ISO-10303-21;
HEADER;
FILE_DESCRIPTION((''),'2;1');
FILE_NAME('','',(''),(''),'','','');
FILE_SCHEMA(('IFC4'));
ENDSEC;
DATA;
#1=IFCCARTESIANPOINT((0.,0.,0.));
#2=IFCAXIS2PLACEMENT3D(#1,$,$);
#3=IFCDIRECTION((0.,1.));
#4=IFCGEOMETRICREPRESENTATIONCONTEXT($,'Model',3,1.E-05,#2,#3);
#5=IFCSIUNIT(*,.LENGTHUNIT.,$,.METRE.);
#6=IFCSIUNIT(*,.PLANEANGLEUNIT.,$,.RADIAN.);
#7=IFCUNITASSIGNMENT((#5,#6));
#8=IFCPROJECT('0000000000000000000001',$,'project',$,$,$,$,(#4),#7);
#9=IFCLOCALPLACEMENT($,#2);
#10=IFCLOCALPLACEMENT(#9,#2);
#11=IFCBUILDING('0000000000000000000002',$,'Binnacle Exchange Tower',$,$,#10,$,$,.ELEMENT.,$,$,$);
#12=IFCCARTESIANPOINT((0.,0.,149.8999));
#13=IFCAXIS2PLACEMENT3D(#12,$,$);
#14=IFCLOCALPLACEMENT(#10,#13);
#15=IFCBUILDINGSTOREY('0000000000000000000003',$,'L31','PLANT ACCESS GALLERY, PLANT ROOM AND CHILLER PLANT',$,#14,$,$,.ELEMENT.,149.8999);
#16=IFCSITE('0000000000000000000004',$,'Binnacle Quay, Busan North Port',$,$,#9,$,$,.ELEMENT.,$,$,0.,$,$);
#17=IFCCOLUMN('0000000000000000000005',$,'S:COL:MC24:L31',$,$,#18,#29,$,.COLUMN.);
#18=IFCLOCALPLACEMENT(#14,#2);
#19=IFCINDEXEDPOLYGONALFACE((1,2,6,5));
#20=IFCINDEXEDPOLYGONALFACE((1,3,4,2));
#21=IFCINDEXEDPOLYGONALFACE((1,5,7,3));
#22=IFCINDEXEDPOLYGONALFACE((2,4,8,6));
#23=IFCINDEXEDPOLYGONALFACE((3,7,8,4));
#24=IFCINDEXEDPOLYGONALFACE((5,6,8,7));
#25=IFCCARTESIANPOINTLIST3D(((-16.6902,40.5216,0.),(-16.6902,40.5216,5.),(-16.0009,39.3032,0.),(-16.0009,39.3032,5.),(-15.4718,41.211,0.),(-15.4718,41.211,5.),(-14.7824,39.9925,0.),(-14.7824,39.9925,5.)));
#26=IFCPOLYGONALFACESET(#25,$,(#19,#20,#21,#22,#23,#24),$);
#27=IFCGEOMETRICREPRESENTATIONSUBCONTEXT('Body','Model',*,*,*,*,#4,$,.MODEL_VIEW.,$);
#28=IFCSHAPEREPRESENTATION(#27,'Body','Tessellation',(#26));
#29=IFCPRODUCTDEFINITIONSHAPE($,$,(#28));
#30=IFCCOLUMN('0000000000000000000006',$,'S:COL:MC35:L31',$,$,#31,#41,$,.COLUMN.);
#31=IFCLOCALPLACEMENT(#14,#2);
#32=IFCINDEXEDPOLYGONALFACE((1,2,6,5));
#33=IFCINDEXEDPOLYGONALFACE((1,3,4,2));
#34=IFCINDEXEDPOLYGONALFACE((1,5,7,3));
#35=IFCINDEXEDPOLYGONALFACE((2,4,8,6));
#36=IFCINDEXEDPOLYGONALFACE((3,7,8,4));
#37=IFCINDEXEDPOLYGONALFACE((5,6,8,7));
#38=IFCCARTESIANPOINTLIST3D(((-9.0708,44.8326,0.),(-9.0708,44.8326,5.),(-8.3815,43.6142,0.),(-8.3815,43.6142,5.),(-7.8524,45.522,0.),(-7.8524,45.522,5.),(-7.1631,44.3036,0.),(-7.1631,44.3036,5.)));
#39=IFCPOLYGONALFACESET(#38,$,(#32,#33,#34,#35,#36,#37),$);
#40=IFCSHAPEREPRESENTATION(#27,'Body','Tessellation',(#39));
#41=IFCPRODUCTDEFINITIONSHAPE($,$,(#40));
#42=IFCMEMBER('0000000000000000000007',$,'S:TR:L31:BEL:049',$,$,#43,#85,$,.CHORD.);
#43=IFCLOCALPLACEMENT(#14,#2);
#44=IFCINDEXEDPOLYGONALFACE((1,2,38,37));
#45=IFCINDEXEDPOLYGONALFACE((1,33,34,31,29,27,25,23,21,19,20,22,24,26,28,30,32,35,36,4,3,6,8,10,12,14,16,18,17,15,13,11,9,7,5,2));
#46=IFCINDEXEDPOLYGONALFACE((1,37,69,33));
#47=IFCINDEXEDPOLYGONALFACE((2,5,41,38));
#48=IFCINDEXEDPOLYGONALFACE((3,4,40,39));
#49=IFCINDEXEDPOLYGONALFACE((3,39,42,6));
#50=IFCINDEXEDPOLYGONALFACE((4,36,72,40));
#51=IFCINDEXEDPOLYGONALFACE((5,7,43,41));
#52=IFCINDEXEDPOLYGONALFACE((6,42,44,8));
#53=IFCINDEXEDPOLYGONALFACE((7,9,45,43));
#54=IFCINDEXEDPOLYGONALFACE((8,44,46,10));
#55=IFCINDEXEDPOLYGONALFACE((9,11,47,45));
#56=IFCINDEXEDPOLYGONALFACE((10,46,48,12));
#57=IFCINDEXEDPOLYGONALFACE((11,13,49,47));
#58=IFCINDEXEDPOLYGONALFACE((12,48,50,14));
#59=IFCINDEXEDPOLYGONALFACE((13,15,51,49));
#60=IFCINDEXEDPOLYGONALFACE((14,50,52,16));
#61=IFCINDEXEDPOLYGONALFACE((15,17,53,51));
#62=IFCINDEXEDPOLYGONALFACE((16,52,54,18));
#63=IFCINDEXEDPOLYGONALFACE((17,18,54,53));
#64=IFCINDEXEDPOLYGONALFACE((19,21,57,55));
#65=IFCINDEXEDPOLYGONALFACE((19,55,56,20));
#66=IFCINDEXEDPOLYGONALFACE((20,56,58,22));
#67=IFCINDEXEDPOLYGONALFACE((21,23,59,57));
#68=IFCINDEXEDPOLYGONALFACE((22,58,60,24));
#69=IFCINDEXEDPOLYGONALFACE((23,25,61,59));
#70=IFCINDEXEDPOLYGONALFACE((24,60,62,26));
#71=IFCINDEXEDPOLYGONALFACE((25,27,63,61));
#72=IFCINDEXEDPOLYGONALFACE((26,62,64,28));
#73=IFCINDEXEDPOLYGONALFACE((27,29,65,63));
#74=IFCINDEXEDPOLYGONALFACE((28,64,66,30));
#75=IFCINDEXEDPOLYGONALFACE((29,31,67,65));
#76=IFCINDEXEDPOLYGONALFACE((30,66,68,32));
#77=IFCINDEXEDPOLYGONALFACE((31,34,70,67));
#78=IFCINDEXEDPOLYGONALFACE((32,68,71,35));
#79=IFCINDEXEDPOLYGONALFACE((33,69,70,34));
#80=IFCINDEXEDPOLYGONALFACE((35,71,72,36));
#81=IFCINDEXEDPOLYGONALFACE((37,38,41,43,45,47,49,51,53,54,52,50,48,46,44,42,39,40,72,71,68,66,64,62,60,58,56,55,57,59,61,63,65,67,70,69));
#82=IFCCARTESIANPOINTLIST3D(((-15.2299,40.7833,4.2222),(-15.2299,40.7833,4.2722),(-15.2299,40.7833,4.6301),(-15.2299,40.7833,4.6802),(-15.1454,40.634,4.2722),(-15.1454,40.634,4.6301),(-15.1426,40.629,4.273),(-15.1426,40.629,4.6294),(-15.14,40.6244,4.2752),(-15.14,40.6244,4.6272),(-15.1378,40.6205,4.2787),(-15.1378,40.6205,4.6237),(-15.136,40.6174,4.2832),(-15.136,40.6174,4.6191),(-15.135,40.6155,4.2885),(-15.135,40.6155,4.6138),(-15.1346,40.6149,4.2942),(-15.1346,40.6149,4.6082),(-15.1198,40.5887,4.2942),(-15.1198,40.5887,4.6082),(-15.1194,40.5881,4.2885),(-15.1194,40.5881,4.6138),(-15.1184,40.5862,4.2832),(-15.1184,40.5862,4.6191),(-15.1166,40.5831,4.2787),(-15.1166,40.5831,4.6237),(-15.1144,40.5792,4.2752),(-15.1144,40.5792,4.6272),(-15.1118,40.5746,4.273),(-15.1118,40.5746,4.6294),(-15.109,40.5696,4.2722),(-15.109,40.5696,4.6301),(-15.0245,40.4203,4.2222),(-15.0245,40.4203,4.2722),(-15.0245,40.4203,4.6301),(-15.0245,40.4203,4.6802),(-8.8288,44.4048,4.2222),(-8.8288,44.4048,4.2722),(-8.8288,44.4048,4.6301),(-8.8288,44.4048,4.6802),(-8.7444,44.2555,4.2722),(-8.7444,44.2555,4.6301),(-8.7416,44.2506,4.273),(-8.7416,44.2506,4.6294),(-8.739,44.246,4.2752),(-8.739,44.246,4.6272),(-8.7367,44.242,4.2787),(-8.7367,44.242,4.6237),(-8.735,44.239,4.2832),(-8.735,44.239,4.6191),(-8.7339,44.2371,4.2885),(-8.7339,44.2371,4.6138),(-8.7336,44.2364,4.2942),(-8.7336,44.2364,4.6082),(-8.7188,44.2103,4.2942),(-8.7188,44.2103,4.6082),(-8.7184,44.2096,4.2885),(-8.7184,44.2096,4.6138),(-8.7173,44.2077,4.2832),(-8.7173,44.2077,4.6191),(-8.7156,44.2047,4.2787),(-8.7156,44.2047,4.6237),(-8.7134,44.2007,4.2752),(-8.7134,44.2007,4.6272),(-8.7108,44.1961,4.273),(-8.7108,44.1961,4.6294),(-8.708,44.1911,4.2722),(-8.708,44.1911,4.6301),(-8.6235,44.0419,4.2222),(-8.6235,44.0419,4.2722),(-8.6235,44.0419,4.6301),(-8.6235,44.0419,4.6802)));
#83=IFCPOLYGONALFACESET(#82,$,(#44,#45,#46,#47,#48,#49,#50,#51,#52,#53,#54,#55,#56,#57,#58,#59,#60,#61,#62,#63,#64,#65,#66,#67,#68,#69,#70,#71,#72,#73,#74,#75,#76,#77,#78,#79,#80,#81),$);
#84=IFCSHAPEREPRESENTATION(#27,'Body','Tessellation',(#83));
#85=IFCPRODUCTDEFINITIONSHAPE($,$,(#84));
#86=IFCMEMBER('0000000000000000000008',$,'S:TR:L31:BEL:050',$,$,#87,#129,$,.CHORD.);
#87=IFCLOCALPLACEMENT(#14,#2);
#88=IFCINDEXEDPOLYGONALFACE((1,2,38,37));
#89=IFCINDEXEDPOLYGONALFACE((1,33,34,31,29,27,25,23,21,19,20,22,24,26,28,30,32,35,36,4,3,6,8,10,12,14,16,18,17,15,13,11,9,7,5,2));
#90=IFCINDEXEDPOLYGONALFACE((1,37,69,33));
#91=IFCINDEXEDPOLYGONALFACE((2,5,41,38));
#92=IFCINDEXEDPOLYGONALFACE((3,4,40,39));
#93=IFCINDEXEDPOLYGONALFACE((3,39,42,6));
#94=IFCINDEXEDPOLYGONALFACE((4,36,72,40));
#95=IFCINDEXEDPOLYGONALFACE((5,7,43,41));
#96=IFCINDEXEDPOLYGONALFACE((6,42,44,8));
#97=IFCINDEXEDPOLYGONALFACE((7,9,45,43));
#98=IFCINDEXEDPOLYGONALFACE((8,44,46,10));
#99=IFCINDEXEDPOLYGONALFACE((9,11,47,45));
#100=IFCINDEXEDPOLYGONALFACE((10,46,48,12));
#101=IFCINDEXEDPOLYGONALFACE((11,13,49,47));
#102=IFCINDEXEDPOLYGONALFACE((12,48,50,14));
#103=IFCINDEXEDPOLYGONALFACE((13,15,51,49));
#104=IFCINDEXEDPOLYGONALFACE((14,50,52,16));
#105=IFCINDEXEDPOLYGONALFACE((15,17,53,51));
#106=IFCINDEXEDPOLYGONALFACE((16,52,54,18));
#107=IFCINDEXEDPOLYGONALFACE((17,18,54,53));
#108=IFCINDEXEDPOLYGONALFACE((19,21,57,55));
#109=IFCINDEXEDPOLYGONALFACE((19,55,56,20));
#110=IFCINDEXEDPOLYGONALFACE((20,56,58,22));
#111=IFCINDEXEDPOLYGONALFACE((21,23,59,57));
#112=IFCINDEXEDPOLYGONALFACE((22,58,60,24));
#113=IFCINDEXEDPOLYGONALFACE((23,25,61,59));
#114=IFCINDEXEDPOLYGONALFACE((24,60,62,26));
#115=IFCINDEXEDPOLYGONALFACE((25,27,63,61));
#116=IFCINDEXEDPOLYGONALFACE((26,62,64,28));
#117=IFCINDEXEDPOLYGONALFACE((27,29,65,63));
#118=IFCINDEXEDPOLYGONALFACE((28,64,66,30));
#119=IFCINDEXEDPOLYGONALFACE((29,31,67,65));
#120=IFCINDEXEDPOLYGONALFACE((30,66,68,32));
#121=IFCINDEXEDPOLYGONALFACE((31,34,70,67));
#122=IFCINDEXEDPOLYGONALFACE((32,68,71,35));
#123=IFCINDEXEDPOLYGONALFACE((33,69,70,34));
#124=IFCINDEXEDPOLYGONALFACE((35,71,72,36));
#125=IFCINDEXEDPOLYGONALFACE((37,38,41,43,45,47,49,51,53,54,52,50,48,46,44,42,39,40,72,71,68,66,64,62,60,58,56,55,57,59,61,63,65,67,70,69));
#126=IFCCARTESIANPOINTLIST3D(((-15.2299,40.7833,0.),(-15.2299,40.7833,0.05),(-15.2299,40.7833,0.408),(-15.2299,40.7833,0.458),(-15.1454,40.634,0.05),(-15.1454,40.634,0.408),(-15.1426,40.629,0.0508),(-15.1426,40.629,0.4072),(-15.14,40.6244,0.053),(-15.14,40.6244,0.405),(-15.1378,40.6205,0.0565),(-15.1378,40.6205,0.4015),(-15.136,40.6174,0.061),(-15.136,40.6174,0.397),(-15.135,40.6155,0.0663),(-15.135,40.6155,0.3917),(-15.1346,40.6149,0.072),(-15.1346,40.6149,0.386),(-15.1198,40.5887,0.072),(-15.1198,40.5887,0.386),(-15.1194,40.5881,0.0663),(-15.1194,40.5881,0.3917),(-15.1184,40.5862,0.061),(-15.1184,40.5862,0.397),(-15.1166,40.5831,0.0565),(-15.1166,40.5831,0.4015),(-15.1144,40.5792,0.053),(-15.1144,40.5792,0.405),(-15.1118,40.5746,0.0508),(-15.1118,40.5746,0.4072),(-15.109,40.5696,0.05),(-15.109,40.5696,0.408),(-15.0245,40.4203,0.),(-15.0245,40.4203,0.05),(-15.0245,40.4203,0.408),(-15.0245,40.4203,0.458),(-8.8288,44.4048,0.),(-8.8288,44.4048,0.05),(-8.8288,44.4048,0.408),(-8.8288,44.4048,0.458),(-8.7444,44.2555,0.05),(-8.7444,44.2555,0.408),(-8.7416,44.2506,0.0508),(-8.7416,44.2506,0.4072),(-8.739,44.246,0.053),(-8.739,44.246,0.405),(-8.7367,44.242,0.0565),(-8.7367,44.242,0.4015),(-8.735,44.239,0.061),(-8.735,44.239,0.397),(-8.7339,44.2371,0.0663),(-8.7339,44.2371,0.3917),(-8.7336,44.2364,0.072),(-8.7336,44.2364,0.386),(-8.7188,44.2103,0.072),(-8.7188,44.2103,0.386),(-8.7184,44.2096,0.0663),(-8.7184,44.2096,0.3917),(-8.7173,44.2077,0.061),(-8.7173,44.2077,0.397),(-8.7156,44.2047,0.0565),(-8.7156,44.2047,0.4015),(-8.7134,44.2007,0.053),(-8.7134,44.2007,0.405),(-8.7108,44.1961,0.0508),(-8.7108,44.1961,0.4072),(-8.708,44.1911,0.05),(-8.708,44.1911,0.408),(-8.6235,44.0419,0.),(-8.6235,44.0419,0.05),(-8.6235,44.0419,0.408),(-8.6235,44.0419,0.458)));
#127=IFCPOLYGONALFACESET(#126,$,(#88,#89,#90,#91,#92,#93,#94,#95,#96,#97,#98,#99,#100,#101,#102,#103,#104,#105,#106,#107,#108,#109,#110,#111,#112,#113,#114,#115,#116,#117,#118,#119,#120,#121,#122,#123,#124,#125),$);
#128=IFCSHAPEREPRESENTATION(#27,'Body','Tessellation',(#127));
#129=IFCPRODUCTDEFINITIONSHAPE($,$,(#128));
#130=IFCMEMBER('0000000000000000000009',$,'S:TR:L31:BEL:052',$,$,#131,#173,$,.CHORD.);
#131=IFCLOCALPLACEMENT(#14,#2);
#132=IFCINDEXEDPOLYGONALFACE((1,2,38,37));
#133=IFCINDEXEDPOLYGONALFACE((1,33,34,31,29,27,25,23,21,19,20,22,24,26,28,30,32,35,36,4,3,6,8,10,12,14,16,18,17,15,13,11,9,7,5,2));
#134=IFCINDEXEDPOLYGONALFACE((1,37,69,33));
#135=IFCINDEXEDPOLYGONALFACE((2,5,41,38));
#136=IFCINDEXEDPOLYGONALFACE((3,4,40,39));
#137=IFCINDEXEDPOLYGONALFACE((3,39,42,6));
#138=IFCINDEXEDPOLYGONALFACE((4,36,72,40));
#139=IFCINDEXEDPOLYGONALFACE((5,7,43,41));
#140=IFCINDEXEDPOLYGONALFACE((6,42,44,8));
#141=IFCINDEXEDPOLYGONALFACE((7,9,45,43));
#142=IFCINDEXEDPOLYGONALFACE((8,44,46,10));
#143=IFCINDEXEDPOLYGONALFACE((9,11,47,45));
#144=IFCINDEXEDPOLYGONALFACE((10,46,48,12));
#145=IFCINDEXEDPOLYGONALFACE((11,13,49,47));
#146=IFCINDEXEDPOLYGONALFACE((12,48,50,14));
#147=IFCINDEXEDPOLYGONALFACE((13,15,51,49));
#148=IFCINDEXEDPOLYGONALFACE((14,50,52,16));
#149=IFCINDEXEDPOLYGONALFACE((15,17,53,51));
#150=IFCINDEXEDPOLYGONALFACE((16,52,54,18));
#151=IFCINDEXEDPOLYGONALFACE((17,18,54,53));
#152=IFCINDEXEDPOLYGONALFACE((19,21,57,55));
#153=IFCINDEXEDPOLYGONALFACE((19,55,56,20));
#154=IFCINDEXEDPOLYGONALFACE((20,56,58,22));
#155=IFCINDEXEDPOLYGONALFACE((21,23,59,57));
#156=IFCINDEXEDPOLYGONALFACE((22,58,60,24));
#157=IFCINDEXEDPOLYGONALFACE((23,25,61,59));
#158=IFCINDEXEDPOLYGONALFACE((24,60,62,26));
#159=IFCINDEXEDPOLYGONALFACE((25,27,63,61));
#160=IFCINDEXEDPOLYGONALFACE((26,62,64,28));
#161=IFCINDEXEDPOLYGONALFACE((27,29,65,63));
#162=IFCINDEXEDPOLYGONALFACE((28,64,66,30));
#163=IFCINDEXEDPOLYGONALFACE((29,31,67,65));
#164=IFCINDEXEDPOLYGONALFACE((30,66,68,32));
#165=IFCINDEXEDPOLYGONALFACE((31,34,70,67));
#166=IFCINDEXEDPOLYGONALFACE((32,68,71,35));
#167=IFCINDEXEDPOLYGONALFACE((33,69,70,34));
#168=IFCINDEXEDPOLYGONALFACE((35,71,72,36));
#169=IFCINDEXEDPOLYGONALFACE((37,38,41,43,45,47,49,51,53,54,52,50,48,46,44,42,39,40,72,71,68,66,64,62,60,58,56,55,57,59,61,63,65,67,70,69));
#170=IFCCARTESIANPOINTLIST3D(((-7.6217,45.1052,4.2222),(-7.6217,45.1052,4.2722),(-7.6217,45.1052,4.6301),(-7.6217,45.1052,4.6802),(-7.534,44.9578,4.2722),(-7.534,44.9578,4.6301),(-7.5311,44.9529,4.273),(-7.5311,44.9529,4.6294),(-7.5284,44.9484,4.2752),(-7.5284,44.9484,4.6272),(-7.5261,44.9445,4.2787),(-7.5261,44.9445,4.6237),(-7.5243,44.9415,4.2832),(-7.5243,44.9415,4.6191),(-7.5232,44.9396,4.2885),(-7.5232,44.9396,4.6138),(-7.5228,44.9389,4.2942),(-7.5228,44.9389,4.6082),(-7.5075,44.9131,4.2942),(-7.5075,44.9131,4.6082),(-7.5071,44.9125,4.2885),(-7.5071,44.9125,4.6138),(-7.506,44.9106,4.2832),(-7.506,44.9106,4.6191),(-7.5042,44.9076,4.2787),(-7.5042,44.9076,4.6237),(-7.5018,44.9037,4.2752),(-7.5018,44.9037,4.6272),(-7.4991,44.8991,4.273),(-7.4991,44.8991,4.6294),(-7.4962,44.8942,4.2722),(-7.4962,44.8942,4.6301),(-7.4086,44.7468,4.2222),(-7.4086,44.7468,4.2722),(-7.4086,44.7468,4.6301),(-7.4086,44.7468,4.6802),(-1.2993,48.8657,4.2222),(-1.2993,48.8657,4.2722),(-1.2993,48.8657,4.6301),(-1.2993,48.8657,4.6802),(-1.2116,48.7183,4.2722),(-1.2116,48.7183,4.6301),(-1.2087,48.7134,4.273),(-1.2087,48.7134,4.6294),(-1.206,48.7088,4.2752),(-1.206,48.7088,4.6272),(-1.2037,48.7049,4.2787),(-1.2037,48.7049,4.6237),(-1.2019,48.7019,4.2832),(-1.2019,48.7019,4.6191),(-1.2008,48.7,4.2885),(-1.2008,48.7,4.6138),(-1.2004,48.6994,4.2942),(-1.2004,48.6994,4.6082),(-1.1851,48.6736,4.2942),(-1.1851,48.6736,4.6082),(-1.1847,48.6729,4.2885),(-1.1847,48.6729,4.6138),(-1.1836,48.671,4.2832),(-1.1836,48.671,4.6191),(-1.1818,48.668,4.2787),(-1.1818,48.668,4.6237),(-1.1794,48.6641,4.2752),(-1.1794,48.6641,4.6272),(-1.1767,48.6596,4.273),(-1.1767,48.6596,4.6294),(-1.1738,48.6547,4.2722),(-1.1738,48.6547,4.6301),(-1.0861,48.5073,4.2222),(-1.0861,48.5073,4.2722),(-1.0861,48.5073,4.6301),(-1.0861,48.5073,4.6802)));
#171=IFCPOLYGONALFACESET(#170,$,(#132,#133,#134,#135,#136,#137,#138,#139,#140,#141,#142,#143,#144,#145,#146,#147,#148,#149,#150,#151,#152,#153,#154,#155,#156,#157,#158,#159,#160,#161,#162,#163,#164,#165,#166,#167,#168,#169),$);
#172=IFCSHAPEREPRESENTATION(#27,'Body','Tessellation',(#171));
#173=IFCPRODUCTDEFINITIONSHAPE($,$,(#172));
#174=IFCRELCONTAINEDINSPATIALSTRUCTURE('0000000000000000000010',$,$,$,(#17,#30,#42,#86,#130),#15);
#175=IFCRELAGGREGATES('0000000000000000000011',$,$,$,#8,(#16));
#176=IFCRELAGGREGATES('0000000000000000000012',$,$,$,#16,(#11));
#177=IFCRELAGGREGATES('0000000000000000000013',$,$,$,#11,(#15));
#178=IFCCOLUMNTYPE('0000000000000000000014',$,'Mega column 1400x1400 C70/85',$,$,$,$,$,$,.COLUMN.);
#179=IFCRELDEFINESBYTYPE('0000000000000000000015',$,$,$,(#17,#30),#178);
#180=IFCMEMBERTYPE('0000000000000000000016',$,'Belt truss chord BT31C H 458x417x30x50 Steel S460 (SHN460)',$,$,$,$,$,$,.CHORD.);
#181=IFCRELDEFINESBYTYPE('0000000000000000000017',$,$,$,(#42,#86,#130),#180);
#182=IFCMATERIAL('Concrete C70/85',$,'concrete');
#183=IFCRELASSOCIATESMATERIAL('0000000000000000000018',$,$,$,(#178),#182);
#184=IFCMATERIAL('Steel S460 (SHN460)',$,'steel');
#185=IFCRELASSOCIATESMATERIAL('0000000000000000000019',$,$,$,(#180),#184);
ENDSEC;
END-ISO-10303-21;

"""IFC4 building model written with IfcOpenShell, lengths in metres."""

from ifc_helpers import new_model, si_unit, direction, frame, origin, origin_2d, place, context, subcontext, project, spatial, rectangle, i_section, extrude, material, material_profile, profile_set, type_object, element, save


model = new_model("IFC4")

# Units and contexts
model_context = context("Model", 3, precision=1e-05, world=origin(), true_north=direction((0.0, 1.0)))
body_context = subcontext(model_context, "Body", "Model", "MODEL_VIEW")
ifc_project = project(units=[si_unit("LENGTHUNIT", "METRE"), si_unit("PLANEANGLEUNIT", "RADIAN")], contexts=[model_context])

# Site, building, storey
site_placement = place(None, origin())
site = spatial("IfcSite", under=ifc_project, at=site_placement, Name="Binnacle Quay, Busan North Port", CompositionType="ELEMENT", RefElevation=0.0)
building_placement = place(site_placement, origin())
building = spatial("IfcBuilding", under=site, at=building_placement, Name="Binnacle Exchange Tower", CompositionType="ELEMENT")
storey_placement = place(building_placement, frame((0.0, 0.0, 149.8999)))
storey = spatial("IfcBuildingStorey", under=building, at=storey_placement, Name="L31", Description="PLANT ACCESS GALLERY, PLANT ROOM AND CHILLER PLANT", CompositionType="ELEMENT", Elevation=149.8999)

# Columns
ifc_material_1 = material(Name="Concrete C70/85", Category="concrete")
ifc_material_profile_1 = material_profile(ifc_material_1, rectangle(XDim=1.3999, YDim=1.3999, at=origin_2d()), Name="Mega column 1400x1400 C70/85")
ifc_profile_set_1 = profile_set([ifc_material_profile_1], Name="Concrete C70/85")
column_type = type_object("IfcColumnType", Name="Mega column 1400x1400 C70/85", PredefinedType="COLUMN", material=ifc_profile_set_1)
for number, where, z_axis, x_axis, name in (
    (1, (-15.7363, 40.2571, 0.0), (0.0, 0.0, 1.0), (0.870356, 0.492424, 0.0), "S:COL:MC24:L31"),
    (2, (-8.1169, 44.5681, 0.0), (0.0, 0.0, 1.0), (0.870356, 0.492424, 0.0), "S:COL:MC35:L31"),
):
    element("IfcColumn", number, at=place(storey_placement, frame(where, z_axis=z_axis, x_axis=x_axis)), inside=storey, type_object=column_type, Name=name, PredefinedType="COLUMN", context=body_context, shape_type="SweptSolid", body=[
        extrude(rectangle(XDim=1.3999, YDim=1.3999, at=origin_2d()), origin(), (0.0, 0.0, 1.0), 5.0),
    ])

# Members
ifc_material_2 = material(Name="Steel S460 (SHN460)", Category="steel")
ifc_material_profile_2 = material_profile(ifc_material_2, i_section(OverallWidth=0.417, OverallDepth=0.458, WebThickness=0.03, FlangeThickness=0.05, FilletRadius=0.022, at=origin_2d()), Name="H 458x417x30x50")
ifc_profile_set_2 = profile_set([ifc_material_profile_2], Name="Steel S460 (SHN460)")
member_type_1 = type_object("IfcMemberType", Name="Belt truss chord BT31C H 458x417x30x50 Steel S460 (SHN460)", PredefinedType="CHORD", material=ifc_profile_set_2)
for number, where, z_axis, x_axis, name in (
    (3, (-15.1272, 40.6018, 4.4512), (0.870356, 0.492424, 0.0), (-0.492424, 0.870356, 0.0), "S:TR:L31:BEL:049"),
    (4, (-15.1272, 40.6018, 0.229), (0.870356, 0.492424, 0.0), (-0.492424, 0.870356, 0.0), "S:TR:L31:BEL:050"),
):
    element("IfcMember", number, at=place(storey_placement, frame(where, z_axis=z_axis, x_axis=x_axis)), inside=storey, type_object=member_type_1, Name=name, PredefinedType="CHORD", context=body_context, shape_type="SweptSolid", body=[
        extrude(i_section(OverallWidth=0.417, OverallDepth=0.458, WebThickness=0.03, FlangeThickness=0.05, FilletRadius=0.022, at=origin_2d()), origin(), (0.0, 0.0, 1.0), 7.3545),
    ])
member_1_placement = place(storey_placement, frame((-7.5151, 44.926, 4.4512), z_axis=(0.859466, 0.511193, 0.0), x_axis=(-0.511193, 0.859466, 0.0)))
element("IfcMember", 5, at=member_1_placement, inside=storey, type_object=member_type_1, Name="S:TR:L31:BEL:052", PredefinedType="CHORD", context=body_context, shape_type="SweptSolid", body=[
    extrude(i_section(OverallWidth=0.417, OverallDepth=0.458, WebThickness=0.03, FlangeThickness=0.05, FilletRadius=0.022, at=origin_2d()), origin(), (0.0, 0.0, 1.0), 7.3562),
])

save(model, "model.ifc")
